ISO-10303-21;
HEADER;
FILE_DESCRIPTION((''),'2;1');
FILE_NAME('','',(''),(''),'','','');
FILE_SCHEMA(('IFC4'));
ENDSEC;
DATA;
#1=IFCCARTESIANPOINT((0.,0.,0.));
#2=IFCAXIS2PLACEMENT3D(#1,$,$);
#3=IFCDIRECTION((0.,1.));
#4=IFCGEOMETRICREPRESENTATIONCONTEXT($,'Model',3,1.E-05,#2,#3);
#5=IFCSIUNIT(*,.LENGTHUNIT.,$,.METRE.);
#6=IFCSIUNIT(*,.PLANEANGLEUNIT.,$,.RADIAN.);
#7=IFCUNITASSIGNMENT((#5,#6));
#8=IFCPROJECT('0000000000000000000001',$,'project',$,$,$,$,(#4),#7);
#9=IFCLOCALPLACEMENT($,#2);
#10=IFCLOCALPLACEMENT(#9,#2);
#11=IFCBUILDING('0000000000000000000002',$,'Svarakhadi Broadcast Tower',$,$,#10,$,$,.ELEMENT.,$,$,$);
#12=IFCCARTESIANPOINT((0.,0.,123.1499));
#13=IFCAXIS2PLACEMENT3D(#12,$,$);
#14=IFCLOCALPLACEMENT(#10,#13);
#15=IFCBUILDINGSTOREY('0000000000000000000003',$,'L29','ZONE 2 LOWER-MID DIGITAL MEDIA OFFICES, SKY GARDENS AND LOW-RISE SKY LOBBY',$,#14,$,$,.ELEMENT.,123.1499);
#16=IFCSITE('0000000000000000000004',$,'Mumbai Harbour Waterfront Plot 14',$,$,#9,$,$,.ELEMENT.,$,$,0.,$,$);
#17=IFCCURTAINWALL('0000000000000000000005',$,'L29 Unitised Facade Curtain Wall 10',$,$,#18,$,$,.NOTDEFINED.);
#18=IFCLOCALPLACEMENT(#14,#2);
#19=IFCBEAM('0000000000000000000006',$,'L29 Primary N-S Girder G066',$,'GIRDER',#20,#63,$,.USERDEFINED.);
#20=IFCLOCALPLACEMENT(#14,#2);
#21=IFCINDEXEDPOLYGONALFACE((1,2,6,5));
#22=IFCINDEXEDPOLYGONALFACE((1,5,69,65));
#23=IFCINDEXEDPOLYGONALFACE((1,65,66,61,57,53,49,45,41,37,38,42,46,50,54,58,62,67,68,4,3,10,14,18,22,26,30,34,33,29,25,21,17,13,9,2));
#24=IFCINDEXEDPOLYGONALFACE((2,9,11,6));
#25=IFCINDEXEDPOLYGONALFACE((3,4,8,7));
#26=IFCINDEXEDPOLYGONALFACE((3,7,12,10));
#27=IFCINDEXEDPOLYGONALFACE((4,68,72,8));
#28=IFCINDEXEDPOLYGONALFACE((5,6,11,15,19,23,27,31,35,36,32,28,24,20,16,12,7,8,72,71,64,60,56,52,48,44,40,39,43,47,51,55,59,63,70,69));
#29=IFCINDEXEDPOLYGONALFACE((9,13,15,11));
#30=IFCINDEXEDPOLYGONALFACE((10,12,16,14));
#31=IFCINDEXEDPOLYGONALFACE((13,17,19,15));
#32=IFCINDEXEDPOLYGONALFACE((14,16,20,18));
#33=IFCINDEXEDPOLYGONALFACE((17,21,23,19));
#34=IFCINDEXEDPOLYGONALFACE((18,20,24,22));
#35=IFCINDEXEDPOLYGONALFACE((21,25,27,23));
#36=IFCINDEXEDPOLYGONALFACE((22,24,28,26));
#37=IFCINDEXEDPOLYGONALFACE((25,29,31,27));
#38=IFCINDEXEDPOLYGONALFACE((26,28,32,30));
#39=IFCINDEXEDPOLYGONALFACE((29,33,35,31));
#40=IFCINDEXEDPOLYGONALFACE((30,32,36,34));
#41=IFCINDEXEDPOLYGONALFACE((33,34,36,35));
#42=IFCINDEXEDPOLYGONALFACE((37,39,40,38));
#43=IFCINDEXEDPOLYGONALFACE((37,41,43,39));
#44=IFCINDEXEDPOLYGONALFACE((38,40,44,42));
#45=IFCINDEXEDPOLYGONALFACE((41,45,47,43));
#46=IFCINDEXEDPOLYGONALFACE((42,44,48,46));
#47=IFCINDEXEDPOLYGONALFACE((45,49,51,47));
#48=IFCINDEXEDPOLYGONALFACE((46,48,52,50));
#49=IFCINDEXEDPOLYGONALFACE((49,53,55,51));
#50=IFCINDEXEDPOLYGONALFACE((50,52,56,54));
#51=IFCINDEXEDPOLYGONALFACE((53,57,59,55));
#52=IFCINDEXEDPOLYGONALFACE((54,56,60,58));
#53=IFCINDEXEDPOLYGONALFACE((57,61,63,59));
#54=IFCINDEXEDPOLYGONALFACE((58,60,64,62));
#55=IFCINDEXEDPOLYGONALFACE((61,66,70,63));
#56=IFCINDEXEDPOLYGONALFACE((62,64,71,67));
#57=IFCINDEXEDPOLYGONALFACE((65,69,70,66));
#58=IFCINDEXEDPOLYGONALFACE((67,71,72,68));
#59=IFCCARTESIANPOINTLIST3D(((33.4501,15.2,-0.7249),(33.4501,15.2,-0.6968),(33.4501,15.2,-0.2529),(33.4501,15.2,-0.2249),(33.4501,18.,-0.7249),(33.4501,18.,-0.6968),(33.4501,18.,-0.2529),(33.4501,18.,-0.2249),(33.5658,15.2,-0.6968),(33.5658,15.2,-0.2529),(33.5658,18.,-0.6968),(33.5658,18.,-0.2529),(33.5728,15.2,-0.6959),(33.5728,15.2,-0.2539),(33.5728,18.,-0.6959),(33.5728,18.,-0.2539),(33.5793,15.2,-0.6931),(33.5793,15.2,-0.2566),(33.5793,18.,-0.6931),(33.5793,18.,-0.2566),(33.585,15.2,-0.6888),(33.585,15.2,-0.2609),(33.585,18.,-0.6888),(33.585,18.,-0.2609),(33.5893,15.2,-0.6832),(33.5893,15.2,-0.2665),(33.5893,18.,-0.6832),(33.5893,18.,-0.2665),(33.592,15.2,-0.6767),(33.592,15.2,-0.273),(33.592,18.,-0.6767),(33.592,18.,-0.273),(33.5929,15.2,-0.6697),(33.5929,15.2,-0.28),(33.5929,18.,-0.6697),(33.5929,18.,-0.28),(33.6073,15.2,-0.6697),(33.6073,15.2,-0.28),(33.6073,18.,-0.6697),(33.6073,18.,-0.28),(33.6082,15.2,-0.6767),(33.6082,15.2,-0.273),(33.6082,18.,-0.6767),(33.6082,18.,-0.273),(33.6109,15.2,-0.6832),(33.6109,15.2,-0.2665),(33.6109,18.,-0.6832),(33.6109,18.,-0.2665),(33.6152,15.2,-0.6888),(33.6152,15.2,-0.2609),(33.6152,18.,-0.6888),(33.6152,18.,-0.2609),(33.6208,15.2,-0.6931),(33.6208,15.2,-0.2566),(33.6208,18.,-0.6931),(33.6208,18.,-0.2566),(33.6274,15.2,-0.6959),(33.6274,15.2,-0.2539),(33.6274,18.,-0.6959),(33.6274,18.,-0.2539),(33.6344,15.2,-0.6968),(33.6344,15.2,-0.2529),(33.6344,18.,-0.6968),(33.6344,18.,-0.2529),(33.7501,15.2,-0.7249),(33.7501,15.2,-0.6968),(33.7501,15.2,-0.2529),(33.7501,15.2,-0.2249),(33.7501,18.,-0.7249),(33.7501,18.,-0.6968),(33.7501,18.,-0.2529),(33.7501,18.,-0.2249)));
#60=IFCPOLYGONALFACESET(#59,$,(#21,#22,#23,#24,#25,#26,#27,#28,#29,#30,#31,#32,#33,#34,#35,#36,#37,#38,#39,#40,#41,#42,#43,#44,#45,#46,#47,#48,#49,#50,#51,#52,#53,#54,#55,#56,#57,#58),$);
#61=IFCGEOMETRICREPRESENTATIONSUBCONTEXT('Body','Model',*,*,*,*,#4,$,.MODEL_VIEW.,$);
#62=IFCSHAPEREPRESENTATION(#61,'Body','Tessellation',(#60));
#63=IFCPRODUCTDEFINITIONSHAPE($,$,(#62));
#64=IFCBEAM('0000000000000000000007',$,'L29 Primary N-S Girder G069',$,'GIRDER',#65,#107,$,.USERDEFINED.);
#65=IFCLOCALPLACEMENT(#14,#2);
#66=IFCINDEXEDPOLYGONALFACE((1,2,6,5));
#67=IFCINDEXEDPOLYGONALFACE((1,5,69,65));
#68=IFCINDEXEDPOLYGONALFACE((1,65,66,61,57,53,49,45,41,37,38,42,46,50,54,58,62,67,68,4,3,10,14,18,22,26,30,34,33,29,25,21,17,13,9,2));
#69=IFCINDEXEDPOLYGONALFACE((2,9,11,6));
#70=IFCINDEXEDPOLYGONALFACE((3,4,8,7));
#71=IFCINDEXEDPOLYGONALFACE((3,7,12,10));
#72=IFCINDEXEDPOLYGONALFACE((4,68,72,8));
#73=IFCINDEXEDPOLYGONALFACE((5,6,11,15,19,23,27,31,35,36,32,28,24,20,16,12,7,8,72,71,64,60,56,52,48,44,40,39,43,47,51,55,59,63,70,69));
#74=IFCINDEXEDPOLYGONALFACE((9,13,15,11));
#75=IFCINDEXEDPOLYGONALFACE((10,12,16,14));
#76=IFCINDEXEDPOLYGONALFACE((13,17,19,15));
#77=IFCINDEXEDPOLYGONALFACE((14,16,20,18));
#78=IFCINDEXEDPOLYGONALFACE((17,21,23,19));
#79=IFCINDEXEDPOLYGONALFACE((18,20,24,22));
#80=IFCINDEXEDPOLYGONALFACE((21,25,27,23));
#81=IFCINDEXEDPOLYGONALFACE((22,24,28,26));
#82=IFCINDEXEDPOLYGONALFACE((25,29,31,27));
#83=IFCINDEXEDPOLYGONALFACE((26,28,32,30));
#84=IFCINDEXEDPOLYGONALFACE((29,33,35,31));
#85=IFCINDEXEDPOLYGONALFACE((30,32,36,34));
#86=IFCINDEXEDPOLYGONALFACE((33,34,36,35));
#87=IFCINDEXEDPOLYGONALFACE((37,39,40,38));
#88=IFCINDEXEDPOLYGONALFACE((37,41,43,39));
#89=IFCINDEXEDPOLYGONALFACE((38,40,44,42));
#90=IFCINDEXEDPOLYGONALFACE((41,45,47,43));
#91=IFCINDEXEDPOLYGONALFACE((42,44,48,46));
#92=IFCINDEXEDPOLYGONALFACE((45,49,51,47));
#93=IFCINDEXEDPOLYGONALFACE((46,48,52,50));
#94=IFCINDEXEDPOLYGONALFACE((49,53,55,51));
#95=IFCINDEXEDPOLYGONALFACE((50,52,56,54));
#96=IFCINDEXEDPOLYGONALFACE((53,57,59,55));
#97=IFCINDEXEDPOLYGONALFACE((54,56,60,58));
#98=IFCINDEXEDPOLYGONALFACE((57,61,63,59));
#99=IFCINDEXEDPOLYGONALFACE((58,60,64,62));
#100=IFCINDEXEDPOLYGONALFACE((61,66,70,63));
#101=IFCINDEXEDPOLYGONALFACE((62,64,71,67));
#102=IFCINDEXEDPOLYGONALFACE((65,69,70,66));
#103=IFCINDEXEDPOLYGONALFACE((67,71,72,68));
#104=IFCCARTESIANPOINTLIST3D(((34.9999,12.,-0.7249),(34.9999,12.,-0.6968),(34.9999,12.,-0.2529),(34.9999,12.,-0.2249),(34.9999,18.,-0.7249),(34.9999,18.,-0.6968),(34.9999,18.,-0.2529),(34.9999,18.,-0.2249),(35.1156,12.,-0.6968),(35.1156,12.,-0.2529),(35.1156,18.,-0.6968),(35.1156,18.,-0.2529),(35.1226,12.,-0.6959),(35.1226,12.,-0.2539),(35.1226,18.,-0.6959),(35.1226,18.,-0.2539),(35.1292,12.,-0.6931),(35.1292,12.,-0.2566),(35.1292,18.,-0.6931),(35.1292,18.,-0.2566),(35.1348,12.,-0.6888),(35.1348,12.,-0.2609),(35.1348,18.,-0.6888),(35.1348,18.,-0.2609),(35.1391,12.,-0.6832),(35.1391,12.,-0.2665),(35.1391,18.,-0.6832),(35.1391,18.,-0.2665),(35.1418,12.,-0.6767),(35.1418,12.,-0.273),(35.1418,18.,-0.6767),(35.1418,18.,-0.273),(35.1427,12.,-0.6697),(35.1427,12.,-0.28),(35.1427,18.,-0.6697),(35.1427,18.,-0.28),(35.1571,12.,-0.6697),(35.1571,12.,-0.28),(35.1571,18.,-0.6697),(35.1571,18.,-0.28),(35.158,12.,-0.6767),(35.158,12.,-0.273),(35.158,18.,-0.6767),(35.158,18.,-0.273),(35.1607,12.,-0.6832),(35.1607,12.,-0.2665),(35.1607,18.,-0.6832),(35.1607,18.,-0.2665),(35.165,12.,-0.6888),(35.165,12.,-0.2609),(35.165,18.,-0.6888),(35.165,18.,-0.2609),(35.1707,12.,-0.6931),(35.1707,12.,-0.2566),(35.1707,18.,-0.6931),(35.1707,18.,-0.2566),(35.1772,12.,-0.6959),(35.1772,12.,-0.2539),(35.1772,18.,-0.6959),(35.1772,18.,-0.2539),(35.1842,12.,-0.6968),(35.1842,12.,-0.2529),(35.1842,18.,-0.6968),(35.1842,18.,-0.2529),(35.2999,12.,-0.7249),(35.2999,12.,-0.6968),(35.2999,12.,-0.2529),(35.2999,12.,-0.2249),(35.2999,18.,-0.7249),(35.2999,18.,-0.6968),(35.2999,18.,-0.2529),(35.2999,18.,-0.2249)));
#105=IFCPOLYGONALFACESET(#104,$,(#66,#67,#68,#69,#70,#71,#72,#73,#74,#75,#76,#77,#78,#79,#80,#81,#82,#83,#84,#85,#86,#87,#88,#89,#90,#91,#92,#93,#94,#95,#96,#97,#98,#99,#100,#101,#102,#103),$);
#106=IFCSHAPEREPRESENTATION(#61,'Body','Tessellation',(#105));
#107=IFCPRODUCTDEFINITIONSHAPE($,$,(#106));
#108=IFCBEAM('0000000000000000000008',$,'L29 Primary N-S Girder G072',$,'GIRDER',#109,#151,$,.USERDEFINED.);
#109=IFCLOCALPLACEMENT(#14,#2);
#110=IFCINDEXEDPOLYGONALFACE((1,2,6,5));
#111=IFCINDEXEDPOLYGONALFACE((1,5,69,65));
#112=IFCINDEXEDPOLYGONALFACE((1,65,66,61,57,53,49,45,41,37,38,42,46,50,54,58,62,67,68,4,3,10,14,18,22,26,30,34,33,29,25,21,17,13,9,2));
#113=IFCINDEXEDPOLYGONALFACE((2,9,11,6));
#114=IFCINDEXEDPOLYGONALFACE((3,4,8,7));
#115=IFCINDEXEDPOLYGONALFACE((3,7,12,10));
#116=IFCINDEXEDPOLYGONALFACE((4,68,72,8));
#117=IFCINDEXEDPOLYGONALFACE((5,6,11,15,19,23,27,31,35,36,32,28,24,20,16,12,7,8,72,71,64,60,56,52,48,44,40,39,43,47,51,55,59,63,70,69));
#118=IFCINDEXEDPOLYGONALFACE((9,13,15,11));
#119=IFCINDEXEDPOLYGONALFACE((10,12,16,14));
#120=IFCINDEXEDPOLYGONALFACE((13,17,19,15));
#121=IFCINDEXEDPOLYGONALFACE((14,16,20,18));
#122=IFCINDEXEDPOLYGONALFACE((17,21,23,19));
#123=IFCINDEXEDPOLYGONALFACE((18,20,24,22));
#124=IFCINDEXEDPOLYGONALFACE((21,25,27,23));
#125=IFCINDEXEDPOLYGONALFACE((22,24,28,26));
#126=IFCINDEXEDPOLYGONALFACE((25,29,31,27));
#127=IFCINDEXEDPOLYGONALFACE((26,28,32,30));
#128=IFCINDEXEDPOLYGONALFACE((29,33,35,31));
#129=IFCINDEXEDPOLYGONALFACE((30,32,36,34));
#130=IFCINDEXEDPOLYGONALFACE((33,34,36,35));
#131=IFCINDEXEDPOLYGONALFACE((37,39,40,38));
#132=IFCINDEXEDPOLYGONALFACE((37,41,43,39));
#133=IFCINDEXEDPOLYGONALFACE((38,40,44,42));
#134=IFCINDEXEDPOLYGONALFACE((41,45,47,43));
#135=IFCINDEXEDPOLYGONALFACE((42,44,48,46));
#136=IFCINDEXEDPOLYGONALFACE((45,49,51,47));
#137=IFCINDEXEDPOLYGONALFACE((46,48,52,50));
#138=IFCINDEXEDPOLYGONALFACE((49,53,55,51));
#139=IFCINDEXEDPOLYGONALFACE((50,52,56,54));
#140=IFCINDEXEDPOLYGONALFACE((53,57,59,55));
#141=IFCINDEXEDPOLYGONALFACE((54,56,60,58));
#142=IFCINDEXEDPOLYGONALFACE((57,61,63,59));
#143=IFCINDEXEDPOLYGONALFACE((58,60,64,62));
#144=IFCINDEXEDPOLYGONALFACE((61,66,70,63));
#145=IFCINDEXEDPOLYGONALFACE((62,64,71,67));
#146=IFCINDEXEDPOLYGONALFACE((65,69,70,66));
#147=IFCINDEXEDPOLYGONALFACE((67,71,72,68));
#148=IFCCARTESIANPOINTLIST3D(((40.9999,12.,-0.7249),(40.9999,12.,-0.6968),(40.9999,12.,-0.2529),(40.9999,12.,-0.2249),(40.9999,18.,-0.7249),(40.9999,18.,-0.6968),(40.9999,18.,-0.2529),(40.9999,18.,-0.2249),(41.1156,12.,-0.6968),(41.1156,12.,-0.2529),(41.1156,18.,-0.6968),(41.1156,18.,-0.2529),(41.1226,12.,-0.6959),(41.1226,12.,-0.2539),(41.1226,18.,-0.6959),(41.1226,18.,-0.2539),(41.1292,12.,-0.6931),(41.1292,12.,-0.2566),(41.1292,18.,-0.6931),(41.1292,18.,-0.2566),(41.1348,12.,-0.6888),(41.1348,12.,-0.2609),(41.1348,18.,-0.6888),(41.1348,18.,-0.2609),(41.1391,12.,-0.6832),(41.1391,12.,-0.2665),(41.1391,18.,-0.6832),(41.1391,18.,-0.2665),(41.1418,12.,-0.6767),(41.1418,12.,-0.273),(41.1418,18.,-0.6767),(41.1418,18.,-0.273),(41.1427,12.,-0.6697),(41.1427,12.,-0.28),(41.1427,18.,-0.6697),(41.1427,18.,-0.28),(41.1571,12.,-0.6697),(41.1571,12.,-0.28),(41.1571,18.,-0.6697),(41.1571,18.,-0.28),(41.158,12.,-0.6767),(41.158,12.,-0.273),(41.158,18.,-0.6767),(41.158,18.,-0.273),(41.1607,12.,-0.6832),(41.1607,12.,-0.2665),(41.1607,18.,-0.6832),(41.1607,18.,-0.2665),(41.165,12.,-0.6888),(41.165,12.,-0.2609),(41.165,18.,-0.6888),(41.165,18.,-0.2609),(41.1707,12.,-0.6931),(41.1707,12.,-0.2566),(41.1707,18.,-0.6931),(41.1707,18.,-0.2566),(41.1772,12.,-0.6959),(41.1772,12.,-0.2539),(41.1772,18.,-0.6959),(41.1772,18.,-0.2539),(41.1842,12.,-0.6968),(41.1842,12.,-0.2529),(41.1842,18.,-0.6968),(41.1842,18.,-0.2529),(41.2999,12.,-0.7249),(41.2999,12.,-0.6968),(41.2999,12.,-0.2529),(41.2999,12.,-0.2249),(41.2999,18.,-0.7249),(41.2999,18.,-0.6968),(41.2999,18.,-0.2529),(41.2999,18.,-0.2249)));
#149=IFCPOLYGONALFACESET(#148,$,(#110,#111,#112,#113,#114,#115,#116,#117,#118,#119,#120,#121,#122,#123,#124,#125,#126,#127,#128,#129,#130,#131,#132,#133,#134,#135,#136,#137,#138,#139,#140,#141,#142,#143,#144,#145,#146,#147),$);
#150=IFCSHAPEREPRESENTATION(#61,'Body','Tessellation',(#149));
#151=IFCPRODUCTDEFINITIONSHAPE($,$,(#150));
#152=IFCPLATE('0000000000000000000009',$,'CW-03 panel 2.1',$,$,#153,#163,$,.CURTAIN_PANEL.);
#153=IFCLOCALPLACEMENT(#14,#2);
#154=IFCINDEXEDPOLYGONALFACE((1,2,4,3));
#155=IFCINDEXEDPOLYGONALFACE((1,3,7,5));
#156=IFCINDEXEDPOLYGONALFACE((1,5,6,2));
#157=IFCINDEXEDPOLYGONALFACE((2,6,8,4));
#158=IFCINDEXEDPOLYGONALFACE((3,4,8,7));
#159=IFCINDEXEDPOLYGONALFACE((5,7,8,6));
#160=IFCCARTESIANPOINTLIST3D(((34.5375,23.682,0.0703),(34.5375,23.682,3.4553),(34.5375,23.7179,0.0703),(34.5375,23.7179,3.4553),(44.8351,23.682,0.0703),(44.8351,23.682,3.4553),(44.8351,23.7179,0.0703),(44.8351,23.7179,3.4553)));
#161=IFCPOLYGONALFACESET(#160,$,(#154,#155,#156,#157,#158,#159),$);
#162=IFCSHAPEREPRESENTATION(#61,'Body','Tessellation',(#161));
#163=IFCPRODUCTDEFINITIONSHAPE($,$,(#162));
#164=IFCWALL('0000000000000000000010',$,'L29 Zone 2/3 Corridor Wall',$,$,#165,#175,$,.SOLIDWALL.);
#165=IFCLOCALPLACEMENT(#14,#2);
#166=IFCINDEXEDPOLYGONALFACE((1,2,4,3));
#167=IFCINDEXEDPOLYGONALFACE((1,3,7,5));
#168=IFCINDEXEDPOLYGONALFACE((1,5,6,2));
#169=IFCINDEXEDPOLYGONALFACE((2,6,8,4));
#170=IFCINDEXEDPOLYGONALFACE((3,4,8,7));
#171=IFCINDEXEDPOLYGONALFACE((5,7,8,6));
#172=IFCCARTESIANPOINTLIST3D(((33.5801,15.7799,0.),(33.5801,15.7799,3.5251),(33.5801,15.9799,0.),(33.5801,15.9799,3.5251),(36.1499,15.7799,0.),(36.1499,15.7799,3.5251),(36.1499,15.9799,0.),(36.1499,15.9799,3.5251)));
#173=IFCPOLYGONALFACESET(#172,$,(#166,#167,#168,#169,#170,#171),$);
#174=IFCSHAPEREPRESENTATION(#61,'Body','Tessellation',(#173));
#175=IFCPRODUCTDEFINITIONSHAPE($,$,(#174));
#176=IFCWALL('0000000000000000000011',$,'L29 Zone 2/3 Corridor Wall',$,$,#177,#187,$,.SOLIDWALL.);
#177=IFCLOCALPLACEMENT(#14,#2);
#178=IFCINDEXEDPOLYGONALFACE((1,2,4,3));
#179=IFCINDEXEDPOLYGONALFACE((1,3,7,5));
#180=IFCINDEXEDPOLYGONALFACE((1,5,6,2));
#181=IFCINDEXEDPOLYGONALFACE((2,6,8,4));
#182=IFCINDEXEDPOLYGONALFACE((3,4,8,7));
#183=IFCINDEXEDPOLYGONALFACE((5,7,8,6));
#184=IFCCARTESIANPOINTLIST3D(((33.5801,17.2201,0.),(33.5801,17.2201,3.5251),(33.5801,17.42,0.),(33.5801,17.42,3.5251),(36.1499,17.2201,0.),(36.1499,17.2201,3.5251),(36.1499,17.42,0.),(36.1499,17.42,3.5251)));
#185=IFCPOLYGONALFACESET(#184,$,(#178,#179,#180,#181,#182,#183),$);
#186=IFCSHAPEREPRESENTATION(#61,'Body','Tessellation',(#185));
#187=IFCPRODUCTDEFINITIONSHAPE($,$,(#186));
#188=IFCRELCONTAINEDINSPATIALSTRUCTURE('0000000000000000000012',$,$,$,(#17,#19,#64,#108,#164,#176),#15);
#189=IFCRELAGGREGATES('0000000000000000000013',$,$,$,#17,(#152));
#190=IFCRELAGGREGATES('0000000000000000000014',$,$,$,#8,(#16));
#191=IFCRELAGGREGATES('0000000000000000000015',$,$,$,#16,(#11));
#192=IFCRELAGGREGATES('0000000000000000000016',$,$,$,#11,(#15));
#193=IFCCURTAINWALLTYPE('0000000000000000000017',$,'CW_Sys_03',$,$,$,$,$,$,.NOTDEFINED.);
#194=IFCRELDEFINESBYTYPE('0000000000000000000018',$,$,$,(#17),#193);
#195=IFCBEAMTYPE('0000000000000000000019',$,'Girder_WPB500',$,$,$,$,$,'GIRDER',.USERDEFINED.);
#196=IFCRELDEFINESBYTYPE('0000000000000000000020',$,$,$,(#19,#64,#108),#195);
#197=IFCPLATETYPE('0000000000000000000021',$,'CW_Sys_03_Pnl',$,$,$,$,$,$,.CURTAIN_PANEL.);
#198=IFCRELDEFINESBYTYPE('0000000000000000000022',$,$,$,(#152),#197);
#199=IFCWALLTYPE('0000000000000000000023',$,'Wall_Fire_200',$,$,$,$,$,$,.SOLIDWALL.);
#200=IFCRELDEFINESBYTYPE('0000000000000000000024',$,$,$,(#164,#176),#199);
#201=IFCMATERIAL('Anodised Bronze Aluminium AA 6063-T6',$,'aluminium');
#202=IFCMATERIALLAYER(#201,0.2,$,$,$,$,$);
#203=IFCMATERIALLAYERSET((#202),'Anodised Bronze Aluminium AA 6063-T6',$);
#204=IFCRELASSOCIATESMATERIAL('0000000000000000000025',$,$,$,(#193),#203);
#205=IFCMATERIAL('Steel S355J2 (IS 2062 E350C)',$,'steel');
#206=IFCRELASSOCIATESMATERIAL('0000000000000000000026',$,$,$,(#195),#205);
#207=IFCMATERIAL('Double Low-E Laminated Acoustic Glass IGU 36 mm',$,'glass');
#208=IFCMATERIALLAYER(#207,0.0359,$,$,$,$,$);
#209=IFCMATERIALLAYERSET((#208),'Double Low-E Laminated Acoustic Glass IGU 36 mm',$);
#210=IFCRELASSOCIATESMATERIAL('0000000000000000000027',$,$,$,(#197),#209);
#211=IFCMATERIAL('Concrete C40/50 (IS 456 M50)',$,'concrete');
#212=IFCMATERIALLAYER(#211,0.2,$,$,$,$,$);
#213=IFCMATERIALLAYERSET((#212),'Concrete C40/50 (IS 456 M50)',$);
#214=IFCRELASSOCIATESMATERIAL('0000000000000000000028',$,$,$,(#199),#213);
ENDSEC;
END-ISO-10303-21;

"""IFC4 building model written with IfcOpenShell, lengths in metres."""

from ifc_helpers import new_model, si_unit, direction, frame, frame_2d, origin, origin_2d, place, context, subcontext, project, spatial, rectangle, i_section, extrude, material, layer, layer_set, material_profile, profile_set, type_object, element, aggregate, save


model = new_model("IFC4")

# Units and contexts
model_context = context("Model", 3, precision=1e-05, world=origin(), true_north=direction((0.0, 1.0)))
body_context = subcontext(model_context, "Body", "Model", "MODEL_VIEW")
ifc_project = project(units=[si_unit("LENGTHUNIT", "METRE"), si_unit("PLANEANGLEUNIT", "RADIAN")], contexts=[model_context])

# Site, building, storey
site_placement = place(None, origin())
site = spatial("IfcSite", under=ifc_project, at=site_placement, Name="Mumbai Harbour Waterfront Plot 14", CompositionType="ELEMENT", RefElevation=0.0)
building_placement = place(site_placement, origin())
building = spatial("IfcBuilding", under=site, at=building_placement, Name="Svarakhadi Broadcast Tower", CompositionType="ELEMENT")
storey_placement = place(building_placement, frame((0.0, 0.0, 123.1499)))
storey = spatial("IfcBuildingStorey", under=building, at=storey_placement, Name="L29", Description="ZONE 2 LOWER-MID DIGITAL MEDIA OFFICES, SKY GARDENS AND LOW-RISE SKY LOBBY", CompositionType="ELEMENT", Elevation=123.1499)

# Shared definitions
ifc_material_1 = material(Name="Steel S355J2 (IS 2062 E350C)", Category="steel")

# Curtain wall
ifc_material_2 = material(Name="Anodised Bronze Aluminium AA 6063-T6", Category="aluminium")
ifc_layer_1 = layer(ifc_material_2, 0.2)
ifc_layer_set_1 = layer_set([ifc_layer_1], Name="Anodised Bronze Aluminium AA 6063-T6")
curtain_wall_type = type_object("IfcCurtainWallType", Name="CW_Sys_03", PredefinedType="NOTDEFINED", material=ifc_layer_set_1)
curtain_wall_placement = place(storey_placement, origin())
curtain_wall = element("IfcCurtainWall", 1, at=curtain_wall_placement, inside=storey, type_object=curtain_wall_type, Name="L29 Unitised Facade Curtain Wall 10", PredefinedType="NOTDEFINED")

# Beams
ifc_material_profile_1 = material_profile(ifc_material_1, i_section(OverallWidth=0.3, OverallDepth=0.5, WebThickness=0.0144, FlangeThickness=0.0281, FilletRadius=0.0271, at=origin_2d()), Name="WPB 500x300x187")
ifc_profile_set_1 = profile_set([ifc_material_profile_1], Name="Steel S355J2 (IS 2062 E350C)")
beam_type_1 = type_object("IfcBeamType", Name="Girder_WPB500", ElementType="GIRDER", PredefinedType="USERDEFINED", material=ifc_profile_set_1)
beam_1_placement = place(storey_placement, frame((33.6001, 15.2, -0.4749), z_axis=(0.0, 1.0, 0.0), x_axis=(-1.0, 0.0, 0.0)))
element("IfcBeam", 2, at=beam_1_placement, inside=storey, type_object=beam_type_1, Name="L29 Primary N-S Girder G066", ObjectType="GIRDER", PredefinedType="USERDEFINED", context=body_context, shape_type="SweptSolid", body=[
    extrude(i_section(OverallWidth=0.3, OverallDepth=0.5, WebThickness=0.0144, FlangeThickness=0.0281, FilletRadius=0.0271, at=origin_2d()), origin(), (0.0, 0.0, 1.0), 2.8),
])
for number, where, z_axis, x_axis, name in (
    (3, (35.1499, 12.0, -0.4749), (0.0, 1.0, 0.0), (-1.0, 0.0, 0.0), "L29 Primary N-S Girder G069"),
    (4, (41.1499, 12.0, -0.4749), (0.0, 1.0, 0.0), (-1.0, 0.0, 0.0), "L29 Primary N-S Girder G072"),
):
    element("IfcBeam", number, at=place(storey_placement, frame(where, z_axis=z_axis, x_axis=x_axis)), inside=storey, type_object=beam_type_1, Name=name, ObjectType="GIRDER", PredefinedType="USERDEFINED", context=body_context, shape_type="SweptSolid", body=[
        extrude(i_section(OverallWidth=0.3, OverallDepth=0.5, WebThickness=0.0144, FlangeThickness=0.0281, FilletRadius=0.0271, at=origin_2d()), origin(), (0.0, 0.0, 1.0), 6.0),
    ])

# Plate
ifc_material_3 = material(Name="Double Low-E Laminated Acoustic Glass IGU 36 mm", Category="glass")
ifc_layer_2 = layer(ifc_material_3, 0.0359)
ifc_layer_set_2 = layer_set([ifc_layer_2], Name="Double Low-E Laminated Acoustic Glass IGU 36 mm")
plate_type = type_object("IfcPlateType", Name="CW_Sys_03_Pnl", PredefinedType="CURTAIN_PANEL", material=ifc_layer_set_2)
plate_placement = place(storey_placement, frame((39.6863, 23.7, 0.0703), z_axis=(0.0, 0.0, 1.0), x_axis=(1.0, 0.0, 0.0)))
plate = element("IfcPlate", 5, at=plate_placement, type_object=plate_type, Name="CW-03 panel 2.1", PredefinedType="CURTAIN_PANEL", context=body_context, shape_type="SweptSolid", body=[
    extrude(rectangle(XDim=10.2976, YDim=0.0359, at=origin_2d()), origin(), (0.0, 0.0, 1.0), 3.385),
])
aggregate(curtain_wall, [plate])

# Walls
ifc_material_4 = material(Name="Concrete C40/50 (IS 456 M50)", Category="concrete")
ifc_layer_3 = layer(ifc_material_4, 0.2)
ifc_layer_set_3 = layer_set([ifc_layer_3], Name="Concrete C40/50 (IS 456 M50)")
wall_type_1 = type_object("IfcWallType", Name="Wall_Fire_200", PredefinedType="SOLIDWALL", material=ifc_layer_set_3)
for number, where, z_axis, x_axis, name in (
    (6, (36.1499, 15.8799, 0.0), (0.0, 0.0, 1.0), (-1.0, 0.0, 0.0), "L29 Zone 2/3 Corridor Wall"),
    (7, (33.5801, 17.3201, 0.0), (0.0, 0.0, 1.0), (1.0, 0.0, 0.0), "L29 Zone 2/3 Corridor Wall"),
):
    element("IfcWall", number, at=place(storey_placement, frame(where, z_axis=z_axis, x_axis=x_axis)), inside=storey, type_object=wall_type_1, Name=name, PredefinedType="SOLIDWALL", context=body_context, shape_type="SweptSolid", body=[
        extrude(rectangle(XDim=2.5698, YDim=0.2, at=frame_2d((1.2849, 0.0))), origin(), (0.0, 0.0, 1.0), 3.5251),
    ])

save(model, "model.ifc")
